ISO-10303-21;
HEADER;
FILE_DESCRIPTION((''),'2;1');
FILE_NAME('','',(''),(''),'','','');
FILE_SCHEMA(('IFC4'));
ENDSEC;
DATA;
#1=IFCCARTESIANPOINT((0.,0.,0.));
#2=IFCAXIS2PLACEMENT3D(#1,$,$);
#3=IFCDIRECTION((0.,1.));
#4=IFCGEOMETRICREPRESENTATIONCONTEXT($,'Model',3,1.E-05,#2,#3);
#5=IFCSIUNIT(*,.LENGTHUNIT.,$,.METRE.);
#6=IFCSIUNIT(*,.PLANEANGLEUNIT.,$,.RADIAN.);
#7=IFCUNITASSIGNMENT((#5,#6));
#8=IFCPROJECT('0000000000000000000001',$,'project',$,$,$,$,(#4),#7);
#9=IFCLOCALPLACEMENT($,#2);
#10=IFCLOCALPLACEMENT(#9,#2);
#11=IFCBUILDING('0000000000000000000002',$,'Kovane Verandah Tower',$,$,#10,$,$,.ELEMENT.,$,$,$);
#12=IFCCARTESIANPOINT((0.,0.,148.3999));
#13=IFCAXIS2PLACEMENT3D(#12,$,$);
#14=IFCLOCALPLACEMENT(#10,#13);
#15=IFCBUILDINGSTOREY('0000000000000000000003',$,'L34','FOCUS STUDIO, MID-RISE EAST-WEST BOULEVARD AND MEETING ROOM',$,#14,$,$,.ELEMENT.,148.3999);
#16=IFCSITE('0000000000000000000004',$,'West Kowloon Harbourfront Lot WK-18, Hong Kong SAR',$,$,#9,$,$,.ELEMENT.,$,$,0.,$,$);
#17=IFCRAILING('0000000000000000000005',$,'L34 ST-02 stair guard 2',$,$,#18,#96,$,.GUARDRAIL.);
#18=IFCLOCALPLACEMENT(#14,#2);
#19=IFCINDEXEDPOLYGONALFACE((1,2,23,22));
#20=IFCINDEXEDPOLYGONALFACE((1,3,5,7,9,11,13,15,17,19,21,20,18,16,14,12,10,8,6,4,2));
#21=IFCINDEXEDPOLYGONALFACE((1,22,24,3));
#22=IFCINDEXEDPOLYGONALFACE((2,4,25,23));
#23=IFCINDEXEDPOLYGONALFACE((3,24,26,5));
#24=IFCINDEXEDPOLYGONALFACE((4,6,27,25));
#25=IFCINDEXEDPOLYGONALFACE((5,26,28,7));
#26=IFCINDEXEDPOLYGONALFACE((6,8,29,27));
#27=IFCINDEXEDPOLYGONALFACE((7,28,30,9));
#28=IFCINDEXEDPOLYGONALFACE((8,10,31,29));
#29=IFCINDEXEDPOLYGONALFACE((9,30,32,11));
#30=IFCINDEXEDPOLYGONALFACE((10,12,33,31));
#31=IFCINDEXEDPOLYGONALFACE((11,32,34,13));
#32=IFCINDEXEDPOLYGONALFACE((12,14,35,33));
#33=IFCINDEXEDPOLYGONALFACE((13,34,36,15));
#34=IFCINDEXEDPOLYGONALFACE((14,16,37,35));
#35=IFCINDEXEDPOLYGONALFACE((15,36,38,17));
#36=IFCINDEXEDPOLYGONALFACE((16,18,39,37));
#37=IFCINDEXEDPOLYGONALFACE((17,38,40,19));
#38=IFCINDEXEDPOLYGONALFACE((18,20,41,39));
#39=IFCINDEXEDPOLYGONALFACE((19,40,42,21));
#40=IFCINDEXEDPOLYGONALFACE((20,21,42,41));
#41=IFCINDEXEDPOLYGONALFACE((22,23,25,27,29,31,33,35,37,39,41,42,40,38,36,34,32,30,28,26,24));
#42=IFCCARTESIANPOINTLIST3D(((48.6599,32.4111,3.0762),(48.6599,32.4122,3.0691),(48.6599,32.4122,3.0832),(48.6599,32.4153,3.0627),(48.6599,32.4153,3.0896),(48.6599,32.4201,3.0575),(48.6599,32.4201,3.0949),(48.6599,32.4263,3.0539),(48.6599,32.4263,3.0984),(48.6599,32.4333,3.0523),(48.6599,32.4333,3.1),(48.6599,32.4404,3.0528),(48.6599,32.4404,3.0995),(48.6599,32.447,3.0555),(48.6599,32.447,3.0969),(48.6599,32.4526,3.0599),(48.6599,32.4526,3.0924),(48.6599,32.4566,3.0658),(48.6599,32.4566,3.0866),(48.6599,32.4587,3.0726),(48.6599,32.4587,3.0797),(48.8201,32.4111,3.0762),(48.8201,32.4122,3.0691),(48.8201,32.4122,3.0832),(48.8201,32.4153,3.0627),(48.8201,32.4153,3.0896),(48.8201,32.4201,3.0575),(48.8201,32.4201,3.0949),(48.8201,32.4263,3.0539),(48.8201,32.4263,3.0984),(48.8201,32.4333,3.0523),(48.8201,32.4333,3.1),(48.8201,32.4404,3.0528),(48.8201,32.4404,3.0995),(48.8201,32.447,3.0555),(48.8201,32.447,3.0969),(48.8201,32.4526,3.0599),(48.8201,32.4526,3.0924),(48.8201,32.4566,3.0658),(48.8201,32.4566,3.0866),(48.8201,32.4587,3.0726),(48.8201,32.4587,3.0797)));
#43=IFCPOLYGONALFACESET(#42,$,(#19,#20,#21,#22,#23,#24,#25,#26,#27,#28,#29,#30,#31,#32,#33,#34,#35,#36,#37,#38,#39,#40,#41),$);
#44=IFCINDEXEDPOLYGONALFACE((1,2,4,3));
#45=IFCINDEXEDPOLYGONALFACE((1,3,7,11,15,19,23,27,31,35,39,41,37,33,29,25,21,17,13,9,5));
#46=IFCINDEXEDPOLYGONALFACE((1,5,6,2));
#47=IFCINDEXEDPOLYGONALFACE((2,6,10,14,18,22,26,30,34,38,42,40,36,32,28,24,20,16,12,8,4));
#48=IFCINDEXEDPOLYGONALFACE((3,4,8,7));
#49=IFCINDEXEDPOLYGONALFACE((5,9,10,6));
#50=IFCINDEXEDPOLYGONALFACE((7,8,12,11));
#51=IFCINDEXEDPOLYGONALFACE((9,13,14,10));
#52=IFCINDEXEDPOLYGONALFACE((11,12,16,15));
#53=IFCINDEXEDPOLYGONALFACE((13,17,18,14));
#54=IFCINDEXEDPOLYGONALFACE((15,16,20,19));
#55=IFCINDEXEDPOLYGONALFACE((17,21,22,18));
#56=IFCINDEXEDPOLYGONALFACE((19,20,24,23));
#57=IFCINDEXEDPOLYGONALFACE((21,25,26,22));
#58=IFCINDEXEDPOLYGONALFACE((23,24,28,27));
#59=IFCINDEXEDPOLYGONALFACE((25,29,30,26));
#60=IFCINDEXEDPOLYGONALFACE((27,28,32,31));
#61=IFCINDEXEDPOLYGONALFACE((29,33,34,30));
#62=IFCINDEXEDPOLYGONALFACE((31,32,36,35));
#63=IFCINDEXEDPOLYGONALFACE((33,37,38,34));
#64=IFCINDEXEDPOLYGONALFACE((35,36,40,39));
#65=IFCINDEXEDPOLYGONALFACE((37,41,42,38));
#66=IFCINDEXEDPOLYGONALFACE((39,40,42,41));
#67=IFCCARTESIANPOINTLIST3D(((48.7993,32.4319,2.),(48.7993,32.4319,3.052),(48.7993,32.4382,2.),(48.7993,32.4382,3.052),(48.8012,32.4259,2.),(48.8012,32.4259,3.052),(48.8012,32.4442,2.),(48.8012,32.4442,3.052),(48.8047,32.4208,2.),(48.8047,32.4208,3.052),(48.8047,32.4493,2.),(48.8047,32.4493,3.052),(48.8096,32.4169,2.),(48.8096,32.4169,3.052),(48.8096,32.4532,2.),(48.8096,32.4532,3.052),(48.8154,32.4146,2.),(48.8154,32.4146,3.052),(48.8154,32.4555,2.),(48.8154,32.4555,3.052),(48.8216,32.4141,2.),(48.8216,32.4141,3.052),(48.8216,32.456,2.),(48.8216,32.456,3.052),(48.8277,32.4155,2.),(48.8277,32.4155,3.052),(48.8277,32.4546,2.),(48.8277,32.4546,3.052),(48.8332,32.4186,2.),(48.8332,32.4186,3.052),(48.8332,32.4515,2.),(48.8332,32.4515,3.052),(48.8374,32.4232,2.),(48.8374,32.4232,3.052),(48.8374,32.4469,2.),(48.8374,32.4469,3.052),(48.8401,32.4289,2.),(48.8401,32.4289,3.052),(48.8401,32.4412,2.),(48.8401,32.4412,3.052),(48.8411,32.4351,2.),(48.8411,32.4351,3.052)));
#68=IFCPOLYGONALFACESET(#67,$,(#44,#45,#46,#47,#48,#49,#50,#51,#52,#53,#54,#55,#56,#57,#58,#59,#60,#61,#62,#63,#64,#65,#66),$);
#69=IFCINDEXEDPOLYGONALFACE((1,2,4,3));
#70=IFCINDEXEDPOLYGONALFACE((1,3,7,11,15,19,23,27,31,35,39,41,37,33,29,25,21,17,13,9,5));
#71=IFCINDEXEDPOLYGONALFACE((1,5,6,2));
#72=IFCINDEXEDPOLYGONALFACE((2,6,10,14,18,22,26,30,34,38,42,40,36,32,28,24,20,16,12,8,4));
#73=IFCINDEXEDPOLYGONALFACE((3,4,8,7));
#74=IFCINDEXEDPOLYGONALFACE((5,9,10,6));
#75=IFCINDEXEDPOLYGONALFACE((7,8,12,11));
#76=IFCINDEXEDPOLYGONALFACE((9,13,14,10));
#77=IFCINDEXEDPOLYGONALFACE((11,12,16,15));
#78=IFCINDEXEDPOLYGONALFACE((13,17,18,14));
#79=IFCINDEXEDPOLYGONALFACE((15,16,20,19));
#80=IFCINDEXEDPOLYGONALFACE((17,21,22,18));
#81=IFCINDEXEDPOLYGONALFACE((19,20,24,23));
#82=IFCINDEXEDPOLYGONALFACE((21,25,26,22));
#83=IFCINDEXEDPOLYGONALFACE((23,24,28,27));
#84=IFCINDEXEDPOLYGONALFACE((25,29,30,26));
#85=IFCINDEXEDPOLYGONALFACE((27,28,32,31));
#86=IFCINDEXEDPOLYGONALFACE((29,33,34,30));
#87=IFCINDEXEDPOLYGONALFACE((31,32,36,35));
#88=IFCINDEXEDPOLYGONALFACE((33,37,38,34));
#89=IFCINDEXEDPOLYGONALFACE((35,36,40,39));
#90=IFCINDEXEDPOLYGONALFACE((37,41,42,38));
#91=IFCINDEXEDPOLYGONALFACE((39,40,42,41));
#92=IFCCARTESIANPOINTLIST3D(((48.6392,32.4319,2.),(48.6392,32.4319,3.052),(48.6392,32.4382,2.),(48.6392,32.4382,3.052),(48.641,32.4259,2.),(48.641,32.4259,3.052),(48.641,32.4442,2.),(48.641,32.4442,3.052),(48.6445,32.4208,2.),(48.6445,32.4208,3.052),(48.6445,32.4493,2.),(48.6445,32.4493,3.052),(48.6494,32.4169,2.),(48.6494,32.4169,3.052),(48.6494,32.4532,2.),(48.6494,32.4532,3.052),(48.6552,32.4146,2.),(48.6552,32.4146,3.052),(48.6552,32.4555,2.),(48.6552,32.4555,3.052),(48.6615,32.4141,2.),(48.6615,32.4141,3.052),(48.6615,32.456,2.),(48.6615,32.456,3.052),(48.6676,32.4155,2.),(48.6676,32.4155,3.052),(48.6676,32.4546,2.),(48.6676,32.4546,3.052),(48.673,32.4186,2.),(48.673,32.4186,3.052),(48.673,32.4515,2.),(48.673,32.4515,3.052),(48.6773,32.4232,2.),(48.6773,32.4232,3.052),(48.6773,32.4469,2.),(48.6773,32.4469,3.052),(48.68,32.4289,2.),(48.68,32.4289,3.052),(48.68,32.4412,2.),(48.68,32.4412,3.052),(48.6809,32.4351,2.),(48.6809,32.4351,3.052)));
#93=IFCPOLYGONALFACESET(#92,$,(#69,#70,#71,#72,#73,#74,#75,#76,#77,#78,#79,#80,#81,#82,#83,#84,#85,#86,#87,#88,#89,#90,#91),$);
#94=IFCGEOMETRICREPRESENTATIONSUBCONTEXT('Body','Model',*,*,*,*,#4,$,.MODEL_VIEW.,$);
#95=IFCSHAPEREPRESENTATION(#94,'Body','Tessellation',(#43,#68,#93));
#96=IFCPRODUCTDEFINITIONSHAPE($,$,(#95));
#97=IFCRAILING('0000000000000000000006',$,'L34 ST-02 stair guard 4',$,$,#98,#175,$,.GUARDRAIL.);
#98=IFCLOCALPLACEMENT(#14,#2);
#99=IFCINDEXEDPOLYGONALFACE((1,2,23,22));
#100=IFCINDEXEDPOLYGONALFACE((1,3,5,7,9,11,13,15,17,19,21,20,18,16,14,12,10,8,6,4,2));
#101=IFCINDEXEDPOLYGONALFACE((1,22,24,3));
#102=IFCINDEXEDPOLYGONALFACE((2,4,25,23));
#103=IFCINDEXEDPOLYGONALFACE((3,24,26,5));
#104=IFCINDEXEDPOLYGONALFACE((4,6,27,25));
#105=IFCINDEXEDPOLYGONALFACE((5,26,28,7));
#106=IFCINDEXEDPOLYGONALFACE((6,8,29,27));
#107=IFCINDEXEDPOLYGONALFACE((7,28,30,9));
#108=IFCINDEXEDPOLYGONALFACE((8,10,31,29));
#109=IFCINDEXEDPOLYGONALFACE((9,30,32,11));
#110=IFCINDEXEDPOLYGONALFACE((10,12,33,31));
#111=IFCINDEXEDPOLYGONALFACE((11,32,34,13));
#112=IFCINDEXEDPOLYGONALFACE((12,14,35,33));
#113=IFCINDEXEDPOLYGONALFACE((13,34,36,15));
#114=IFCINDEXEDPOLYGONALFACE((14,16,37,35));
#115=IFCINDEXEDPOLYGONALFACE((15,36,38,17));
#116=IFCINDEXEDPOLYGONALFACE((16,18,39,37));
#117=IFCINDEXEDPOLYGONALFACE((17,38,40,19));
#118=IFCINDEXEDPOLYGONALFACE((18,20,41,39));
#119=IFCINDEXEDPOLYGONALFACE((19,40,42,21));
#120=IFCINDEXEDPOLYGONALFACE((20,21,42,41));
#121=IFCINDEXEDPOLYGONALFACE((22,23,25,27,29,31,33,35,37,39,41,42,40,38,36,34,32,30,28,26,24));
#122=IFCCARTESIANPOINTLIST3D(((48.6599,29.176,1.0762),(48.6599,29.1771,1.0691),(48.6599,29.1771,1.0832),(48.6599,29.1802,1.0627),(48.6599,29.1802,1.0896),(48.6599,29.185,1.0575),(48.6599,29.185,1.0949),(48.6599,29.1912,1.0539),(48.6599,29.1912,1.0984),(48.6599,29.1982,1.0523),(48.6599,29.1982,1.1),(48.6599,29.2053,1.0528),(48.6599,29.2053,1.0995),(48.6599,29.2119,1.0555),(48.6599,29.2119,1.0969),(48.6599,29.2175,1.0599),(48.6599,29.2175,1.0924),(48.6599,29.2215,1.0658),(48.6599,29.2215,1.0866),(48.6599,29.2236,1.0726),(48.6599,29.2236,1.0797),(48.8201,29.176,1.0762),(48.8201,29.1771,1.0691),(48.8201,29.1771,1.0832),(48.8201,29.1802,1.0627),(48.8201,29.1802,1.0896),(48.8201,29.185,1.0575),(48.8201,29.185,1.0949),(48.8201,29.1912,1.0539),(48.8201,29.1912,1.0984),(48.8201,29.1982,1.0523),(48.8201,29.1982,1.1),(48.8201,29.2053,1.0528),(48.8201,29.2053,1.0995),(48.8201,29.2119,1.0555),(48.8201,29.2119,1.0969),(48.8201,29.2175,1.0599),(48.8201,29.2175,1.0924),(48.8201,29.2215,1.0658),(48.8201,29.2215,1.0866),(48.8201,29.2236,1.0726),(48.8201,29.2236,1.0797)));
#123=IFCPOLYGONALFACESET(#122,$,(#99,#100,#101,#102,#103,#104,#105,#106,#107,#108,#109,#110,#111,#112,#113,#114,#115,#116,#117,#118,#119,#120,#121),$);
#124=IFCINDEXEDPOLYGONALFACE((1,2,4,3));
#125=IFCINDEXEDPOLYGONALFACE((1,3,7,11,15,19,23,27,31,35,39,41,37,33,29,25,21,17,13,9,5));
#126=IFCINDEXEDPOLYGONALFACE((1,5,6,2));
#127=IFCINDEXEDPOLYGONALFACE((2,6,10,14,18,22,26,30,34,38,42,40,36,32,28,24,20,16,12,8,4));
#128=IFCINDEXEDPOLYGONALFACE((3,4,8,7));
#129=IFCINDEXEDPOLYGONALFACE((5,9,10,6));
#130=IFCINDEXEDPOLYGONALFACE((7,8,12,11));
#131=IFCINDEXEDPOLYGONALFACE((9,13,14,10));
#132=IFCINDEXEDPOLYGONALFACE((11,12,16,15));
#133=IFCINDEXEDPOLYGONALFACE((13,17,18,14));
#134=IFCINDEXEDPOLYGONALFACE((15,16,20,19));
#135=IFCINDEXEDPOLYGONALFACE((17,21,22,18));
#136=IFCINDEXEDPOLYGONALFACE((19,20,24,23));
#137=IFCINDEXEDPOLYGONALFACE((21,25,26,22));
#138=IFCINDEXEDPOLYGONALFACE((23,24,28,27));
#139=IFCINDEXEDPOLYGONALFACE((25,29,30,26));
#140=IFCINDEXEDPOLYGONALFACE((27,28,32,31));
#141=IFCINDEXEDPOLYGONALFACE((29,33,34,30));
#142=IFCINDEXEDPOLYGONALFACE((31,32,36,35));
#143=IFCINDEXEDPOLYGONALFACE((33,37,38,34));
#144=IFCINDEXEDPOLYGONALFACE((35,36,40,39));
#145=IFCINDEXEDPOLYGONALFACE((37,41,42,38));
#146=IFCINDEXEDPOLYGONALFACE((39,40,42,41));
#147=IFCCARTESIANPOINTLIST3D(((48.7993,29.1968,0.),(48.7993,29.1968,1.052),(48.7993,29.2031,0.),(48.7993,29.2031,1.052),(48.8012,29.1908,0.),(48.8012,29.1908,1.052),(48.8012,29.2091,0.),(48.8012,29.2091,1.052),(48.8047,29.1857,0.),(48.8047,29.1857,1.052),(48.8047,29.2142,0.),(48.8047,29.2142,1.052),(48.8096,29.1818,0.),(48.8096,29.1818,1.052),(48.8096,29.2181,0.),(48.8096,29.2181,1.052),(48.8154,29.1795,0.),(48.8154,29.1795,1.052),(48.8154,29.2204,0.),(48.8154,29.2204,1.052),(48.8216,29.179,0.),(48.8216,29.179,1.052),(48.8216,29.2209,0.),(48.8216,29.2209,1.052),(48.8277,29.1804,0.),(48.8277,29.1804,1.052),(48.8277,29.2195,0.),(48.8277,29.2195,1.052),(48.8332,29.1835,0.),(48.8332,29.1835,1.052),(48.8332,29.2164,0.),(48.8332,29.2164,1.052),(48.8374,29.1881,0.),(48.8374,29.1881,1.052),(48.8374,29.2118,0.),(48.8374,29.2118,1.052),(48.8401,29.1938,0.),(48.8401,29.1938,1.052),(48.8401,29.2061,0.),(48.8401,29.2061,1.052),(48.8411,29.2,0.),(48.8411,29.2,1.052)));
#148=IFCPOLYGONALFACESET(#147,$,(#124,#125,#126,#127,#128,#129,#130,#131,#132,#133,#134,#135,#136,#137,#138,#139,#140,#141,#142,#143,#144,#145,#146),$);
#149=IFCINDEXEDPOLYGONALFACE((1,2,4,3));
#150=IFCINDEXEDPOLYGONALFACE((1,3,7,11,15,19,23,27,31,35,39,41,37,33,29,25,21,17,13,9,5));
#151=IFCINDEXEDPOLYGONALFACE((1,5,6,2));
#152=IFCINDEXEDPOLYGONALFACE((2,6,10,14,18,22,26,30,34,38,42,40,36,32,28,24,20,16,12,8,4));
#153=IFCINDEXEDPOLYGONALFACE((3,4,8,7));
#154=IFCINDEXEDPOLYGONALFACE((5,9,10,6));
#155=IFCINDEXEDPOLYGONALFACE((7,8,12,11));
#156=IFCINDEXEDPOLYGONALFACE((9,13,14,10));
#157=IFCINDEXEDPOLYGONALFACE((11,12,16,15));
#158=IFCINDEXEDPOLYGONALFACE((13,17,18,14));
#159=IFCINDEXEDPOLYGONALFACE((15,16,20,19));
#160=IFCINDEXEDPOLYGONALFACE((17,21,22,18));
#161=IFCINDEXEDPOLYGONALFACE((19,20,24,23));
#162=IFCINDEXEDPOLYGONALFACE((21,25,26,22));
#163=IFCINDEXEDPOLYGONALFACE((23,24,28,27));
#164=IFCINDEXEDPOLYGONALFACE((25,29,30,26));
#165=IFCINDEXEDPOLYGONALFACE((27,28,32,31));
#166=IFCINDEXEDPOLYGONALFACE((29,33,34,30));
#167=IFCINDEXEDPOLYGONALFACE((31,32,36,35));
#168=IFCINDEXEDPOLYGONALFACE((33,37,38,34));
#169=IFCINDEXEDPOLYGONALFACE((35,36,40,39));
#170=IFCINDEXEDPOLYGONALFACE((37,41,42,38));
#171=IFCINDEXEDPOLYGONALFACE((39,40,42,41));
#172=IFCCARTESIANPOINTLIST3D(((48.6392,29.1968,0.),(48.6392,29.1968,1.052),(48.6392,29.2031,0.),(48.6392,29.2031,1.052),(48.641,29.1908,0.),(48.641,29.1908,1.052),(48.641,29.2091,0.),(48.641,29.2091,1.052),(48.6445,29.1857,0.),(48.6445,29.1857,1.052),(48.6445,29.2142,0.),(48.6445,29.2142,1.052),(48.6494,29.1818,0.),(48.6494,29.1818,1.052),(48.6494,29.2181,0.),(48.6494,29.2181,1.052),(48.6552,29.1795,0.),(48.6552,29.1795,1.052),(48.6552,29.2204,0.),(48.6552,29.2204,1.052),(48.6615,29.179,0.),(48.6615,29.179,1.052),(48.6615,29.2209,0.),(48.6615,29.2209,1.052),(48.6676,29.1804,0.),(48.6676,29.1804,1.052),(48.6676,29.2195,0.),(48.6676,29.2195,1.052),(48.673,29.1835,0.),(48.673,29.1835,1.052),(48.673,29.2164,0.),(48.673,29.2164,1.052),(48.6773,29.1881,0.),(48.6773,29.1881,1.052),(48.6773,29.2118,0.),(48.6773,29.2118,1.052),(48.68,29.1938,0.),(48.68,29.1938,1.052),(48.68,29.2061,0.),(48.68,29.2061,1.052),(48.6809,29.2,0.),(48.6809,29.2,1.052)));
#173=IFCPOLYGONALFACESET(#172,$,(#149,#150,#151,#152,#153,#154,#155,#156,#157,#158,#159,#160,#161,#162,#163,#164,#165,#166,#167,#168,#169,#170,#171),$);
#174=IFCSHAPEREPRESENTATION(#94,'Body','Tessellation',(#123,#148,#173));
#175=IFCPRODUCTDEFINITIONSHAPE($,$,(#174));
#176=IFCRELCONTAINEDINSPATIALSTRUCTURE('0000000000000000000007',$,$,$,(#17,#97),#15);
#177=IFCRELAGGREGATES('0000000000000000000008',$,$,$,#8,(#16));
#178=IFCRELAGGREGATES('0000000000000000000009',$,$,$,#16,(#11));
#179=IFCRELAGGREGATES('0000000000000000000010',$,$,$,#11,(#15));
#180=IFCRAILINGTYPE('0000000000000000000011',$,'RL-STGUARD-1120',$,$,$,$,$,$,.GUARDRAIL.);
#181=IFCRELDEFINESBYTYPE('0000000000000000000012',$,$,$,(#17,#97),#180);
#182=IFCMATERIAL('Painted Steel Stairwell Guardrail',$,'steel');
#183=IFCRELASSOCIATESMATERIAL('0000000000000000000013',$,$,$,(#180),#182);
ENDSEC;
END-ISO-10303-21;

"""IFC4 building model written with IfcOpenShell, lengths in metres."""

from ifc_helpers import new_model, si_unit, direction, frame, origin, origin_2d, place, context, subcontext, project, spatial, circle, extrude, material, type_object, element, save


model = new_model("IFC4")

# Units and contexts
model_context = context("Model", 3, precision=1e-05, world=origin(), true_north=direction((0.0, 1.0)))
body_context = subcontext(model_context, "Body", "Model", "MODEL_VIEW")
ifc_project = project(units=[si_unit("LENGTHUNIT", "METRE"), si_unit("PLANEANGLEUNIT", "RADIAN")], contexts=[model_context])

# Site, building, storey
site_placement = place(None, origin())
site = spatial("IfcSite", under=ifc_project, at=site_placement, Name="West Kowloon Harbourfront Lot WK-18, Hong Kong SAR", CompositionType="ELEMENT", RefElevation=0.0)
building_placement = place(site_placement, origin())
building = spatial("IfcBuilding", under=site, at=building_placement, Name="Kovane Verandah Tower", CompositionType="ELEMENT")
storey_placement = place(building_placement, frame((0.0, 0.0, 148.3999)))
storey = spatial("IfcBuildingStorey", under=building, at=storey_placement, Name="L34", Description="FOCUS STUDIO, MID-RISE EAST-WEST BOULEVARD AND MEETING ROOM", CompositionType="ELEMENT", Elevation=148.3999)

# Railings
ifc_material_1 = material(Name="Painted Steel Stairwell Guardrail", Category="steel")
railing_type_1 = type_object("IfcRailingType", Name="RL-STGUARD-1120", PredefinedType="GUARDRAIL", material=ifc_material_1)
for number, where, name in (
    (1, (48.8201, 32.4351, 2.0), "L34 ST-02 stair guard 2"),
    (2, (48.8201, 29.2, 0.0), "L34 ST-02 stair guard 4"),
):
    element("IfcRailing", number, at=place(storey_placement, frame(where)), inside=storey, type_object=railing_type_1, Name=name, PredefinedType="GUARDRAIL", context=body_context, shape_type="SweptSolid", body=[
        extrude(circle(Radius=0.0239, at=origin_2d()), frame((0.0, 0.0, 1.0762), z_axis=(-1.0, 0.0, 0.0), x_axis=(0.0, -1.0, 0.0)), (0.0, 0.0, 1.0), 0.1602),
        extrude(circle(Radius=0.021, at=origin_2d()), origin(), (0.0, 0.0, 1.0), 1.052),
        extrude(circle(Radius=0.021, at=origin_2d()), frame((-0.1602, 0.0, 0.0)), (0.0, 0.0, 1.0), 1.052),
    ])

save(model, "model.ifc")
